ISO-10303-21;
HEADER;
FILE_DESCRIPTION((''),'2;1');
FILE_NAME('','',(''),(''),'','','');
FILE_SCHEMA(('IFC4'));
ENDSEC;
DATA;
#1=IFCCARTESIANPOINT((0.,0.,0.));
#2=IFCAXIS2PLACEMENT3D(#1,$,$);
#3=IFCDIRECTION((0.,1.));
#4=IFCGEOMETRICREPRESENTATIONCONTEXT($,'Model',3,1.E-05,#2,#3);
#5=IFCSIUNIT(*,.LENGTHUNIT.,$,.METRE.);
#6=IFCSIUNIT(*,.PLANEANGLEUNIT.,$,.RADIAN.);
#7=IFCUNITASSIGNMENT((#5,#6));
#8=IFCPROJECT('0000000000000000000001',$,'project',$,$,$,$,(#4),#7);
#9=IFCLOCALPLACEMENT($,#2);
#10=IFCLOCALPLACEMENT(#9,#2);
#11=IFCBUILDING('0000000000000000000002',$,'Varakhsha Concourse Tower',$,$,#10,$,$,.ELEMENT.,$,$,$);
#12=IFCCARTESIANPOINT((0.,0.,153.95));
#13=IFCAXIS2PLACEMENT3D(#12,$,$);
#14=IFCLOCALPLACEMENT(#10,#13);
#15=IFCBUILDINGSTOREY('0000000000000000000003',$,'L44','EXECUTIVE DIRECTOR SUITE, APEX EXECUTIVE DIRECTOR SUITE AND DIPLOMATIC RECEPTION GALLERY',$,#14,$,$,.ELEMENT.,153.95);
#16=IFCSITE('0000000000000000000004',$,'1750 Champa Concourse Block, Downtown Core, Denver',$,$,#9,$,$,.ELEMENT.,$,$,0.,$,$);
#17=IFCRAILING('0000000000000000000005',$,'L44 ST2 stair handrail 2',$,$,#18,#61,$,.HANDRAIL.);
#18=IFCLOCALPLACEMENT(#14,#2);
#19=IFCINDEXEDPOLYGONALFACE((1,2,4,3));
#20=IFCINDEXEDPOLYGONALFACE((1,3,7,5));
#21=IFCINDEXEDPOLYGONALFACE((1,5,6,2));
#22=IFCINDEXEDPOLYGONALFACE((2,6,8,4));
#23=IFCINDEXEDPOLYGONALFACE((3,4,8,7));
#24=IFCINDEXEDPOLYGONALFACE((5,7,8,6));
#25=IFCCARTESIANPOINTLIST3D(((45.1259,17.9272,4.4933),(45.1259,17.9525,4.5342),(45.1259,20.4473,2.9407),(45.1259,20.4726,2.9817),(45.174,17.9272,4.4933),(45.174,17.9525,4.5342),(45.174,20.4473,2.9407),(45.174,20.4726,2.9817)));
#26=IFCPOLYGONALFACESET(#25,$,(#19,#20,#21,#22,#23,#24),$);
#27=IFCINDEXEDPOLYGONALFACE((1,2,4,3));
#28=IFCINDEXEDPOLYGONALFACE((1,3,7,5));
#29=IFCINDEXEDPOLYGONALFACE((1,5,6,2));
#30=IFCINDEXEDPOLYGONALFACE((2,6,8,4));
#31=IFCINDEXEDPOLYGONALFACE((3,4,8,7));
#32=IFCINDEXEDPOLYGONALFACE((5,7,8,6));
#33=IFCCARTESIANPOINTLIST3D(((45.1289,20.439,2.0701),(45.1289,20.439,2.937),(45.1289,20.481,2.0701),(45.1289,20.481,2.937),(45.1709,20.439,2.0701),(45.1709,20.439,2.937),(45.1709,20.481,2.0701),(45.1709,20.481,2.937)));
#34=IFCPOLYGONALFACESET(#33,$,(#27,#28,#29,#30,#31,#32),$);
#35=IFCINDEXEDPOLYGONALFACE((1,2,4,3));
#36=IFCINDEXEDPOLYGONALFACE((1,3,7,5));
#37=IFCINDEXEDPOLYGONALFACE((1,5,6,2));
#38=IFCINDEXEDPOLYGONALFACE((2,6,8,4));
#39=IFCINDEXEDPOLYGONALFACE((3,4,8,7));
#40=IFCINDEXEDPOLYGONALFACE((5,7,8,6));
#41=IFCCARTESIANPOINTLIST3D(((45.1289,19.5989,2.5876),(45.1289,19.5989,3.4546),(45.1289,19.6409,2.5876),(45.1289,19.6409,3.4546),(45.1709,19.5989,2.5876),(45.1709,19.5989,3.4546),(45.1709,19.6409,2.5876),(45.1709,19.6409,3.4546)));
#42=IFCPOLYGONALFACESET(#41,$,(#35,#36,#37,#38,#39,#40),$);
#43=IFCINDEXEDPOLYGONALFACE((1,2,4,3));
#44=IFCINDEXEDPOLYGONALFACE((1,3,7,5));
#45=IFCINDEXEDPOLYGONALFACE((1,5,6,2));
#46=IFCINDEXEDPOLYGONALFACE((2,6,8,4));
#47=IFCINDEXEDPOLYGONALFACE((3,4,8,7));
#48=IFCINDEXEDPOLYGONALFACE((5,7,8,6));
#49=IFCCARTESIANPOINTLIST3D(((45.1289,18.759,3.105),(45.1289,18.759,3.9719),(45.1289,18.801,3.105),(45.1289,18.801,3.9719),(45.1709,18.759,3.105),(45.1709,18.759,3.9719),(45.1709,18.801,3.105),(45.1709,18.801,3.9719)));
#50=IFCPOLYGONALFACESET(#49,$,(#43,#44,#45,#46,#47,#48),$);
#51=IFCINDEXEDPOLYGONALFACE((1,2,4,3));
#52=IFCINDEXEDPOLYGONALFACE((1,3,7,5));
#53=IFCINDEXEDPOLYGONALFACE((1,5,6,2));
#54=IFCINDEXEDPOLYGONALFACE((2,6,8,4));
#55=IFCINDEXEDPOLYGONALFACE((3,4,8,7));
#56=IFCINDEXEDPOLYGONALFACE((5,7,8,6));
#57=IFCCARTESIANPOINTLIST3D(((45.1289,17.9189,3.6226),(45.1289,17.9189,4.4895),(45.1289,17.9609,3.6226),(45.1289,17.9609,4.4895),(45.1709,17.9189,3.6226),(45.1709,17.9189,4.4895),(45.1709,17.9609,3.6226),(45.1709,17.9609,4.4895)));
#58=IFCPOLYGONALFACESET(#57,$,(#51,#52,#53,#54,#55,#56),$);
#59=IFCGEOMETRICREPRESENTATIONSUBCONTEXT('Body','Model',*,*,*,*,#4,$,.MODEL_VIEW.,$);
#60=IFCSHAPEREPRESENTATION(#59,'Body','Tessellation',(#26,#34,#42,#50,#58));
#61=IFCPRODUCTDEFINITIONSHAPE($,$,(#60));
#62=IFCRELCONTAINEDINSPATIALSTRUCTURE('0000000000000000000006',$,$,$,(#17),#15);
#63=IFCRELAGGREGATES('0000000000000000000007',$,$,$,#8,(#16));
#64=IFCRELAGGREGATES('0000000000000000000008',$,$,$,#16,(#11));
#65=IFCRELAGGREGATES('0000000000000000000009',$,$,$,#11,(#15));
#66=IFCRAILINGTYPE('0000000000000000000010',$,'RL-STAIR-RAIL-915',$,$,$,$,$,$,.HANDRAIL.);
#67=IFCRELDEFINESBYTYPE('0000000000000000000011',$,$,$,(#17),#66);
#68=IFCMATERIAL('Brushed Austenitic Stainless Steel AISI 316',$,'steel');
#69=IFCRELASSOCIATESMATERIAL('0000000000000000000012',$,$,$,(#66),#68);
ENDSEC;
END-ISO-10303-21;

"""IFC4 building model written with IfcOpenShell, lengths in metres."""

from ifc_helpers import new_model, si_unit, direction, frame, origin, origin_2d, place, context, subcontext, project, spatial, rectangle, extrude, material, type_object, element, save


model = new_model("IFC4")

# Units and contexts
model_context = context("Model", 3, precision=1e-05, world=origin(), true_north=direction((0.0, 1.0)))
body_context = subcontext(model_context, "Body", "Model", "MODEL_VIEW")
ifc_project = project(units=[si_unit("LENGTHUNIT", "METRE"), si_unit("PLANEANGLEUNIT", "RADIAN")], contexts=[model_context])

# Site, building, storey
site_placement = place(None, origin())
site = spatial("IfcSite", under=ifc_project, at=site_placement, Name="1750 Champa Concourse Block, Downtown Core, Denver", CompositionType="ELEMENT", RefElevation=0.0)
building_placement = place(site_placement, origin())
building = spatial("IfcBuilding", under=site, at=building_placement, Name="Varakhsha Concourse Tower", CompositionType="ELEMENT")
storey_placement = place(building_placement, frame((0.0, 0.0, 153.95)))
storey = spatial("IfcBuildingStorey", under=building, at=storey_placement, Name="L44", Description="EXECUTIVE DIRECTOR SUITE, APEX EXECUTIVE DIRECTOR SUITE AND DIPLOMATIC RECEPTION GALLERY", CompositionType="ELEMENT", Elevation=153.95)

# Railing
ifc_material_1 = material(Name="Brushed Austenitic Stainless Steel AISI 316", Category="steel")
railing_type_1 = type_object("IfcRailingType", Name="RL-STAIR-RAIL-915", PredefinedType="HANDRAIL", material=ifc_material_1)
railing_1_placement = place(storey_placement, frame((45.1499, 20.46, 2.0701)))
element("IfcRailing", 1, at=railing_1_placement, inside=storey, type_object=railing_type_1, Name="L44 ST2 stair handrail 2", PredefinedType="HANDRAIL", context=body_context, shape_type="SweptSolid", body=[
    extrude(rectangle(XDim=0.0481, YDim=0.0481, at=origin_2d()), frame((0.0, 0.0, 0.8911), z_axis=(0.0, -0.8514, 0.524516), x_axis=(1.0, 0.0, 0.0)), (0.0, 0.0, 1.0), 2.96),
    extrude(rectangle(XDim=0.042, YDim=0.042, at=origin_2d()), origin(), (0.0, 0.0, 1.0), 0.8669),
    extrude(rectangle(XDim=0.042, YDim=0.042, at=origin_2d()), frame((0.0, -0.8401, 0.5176)), (0.0, 0.0, 1.0), 0.8669),
    extrude(rectangle(XDim=0.042, YDim=0.042, at=origin_2d()), frame((0.0, -1.6799, 1.0349)), (0.0, 0.0, 1.0), 0.8669),
    extrude(rectangle(XDim=0.042, YDim=0.042, at=origin_2d()), frame((0.0, -2.52, 1.5525)), (0.0, 0.0, 1.0), 0.8669),
])

save(model, "model.ifc")
